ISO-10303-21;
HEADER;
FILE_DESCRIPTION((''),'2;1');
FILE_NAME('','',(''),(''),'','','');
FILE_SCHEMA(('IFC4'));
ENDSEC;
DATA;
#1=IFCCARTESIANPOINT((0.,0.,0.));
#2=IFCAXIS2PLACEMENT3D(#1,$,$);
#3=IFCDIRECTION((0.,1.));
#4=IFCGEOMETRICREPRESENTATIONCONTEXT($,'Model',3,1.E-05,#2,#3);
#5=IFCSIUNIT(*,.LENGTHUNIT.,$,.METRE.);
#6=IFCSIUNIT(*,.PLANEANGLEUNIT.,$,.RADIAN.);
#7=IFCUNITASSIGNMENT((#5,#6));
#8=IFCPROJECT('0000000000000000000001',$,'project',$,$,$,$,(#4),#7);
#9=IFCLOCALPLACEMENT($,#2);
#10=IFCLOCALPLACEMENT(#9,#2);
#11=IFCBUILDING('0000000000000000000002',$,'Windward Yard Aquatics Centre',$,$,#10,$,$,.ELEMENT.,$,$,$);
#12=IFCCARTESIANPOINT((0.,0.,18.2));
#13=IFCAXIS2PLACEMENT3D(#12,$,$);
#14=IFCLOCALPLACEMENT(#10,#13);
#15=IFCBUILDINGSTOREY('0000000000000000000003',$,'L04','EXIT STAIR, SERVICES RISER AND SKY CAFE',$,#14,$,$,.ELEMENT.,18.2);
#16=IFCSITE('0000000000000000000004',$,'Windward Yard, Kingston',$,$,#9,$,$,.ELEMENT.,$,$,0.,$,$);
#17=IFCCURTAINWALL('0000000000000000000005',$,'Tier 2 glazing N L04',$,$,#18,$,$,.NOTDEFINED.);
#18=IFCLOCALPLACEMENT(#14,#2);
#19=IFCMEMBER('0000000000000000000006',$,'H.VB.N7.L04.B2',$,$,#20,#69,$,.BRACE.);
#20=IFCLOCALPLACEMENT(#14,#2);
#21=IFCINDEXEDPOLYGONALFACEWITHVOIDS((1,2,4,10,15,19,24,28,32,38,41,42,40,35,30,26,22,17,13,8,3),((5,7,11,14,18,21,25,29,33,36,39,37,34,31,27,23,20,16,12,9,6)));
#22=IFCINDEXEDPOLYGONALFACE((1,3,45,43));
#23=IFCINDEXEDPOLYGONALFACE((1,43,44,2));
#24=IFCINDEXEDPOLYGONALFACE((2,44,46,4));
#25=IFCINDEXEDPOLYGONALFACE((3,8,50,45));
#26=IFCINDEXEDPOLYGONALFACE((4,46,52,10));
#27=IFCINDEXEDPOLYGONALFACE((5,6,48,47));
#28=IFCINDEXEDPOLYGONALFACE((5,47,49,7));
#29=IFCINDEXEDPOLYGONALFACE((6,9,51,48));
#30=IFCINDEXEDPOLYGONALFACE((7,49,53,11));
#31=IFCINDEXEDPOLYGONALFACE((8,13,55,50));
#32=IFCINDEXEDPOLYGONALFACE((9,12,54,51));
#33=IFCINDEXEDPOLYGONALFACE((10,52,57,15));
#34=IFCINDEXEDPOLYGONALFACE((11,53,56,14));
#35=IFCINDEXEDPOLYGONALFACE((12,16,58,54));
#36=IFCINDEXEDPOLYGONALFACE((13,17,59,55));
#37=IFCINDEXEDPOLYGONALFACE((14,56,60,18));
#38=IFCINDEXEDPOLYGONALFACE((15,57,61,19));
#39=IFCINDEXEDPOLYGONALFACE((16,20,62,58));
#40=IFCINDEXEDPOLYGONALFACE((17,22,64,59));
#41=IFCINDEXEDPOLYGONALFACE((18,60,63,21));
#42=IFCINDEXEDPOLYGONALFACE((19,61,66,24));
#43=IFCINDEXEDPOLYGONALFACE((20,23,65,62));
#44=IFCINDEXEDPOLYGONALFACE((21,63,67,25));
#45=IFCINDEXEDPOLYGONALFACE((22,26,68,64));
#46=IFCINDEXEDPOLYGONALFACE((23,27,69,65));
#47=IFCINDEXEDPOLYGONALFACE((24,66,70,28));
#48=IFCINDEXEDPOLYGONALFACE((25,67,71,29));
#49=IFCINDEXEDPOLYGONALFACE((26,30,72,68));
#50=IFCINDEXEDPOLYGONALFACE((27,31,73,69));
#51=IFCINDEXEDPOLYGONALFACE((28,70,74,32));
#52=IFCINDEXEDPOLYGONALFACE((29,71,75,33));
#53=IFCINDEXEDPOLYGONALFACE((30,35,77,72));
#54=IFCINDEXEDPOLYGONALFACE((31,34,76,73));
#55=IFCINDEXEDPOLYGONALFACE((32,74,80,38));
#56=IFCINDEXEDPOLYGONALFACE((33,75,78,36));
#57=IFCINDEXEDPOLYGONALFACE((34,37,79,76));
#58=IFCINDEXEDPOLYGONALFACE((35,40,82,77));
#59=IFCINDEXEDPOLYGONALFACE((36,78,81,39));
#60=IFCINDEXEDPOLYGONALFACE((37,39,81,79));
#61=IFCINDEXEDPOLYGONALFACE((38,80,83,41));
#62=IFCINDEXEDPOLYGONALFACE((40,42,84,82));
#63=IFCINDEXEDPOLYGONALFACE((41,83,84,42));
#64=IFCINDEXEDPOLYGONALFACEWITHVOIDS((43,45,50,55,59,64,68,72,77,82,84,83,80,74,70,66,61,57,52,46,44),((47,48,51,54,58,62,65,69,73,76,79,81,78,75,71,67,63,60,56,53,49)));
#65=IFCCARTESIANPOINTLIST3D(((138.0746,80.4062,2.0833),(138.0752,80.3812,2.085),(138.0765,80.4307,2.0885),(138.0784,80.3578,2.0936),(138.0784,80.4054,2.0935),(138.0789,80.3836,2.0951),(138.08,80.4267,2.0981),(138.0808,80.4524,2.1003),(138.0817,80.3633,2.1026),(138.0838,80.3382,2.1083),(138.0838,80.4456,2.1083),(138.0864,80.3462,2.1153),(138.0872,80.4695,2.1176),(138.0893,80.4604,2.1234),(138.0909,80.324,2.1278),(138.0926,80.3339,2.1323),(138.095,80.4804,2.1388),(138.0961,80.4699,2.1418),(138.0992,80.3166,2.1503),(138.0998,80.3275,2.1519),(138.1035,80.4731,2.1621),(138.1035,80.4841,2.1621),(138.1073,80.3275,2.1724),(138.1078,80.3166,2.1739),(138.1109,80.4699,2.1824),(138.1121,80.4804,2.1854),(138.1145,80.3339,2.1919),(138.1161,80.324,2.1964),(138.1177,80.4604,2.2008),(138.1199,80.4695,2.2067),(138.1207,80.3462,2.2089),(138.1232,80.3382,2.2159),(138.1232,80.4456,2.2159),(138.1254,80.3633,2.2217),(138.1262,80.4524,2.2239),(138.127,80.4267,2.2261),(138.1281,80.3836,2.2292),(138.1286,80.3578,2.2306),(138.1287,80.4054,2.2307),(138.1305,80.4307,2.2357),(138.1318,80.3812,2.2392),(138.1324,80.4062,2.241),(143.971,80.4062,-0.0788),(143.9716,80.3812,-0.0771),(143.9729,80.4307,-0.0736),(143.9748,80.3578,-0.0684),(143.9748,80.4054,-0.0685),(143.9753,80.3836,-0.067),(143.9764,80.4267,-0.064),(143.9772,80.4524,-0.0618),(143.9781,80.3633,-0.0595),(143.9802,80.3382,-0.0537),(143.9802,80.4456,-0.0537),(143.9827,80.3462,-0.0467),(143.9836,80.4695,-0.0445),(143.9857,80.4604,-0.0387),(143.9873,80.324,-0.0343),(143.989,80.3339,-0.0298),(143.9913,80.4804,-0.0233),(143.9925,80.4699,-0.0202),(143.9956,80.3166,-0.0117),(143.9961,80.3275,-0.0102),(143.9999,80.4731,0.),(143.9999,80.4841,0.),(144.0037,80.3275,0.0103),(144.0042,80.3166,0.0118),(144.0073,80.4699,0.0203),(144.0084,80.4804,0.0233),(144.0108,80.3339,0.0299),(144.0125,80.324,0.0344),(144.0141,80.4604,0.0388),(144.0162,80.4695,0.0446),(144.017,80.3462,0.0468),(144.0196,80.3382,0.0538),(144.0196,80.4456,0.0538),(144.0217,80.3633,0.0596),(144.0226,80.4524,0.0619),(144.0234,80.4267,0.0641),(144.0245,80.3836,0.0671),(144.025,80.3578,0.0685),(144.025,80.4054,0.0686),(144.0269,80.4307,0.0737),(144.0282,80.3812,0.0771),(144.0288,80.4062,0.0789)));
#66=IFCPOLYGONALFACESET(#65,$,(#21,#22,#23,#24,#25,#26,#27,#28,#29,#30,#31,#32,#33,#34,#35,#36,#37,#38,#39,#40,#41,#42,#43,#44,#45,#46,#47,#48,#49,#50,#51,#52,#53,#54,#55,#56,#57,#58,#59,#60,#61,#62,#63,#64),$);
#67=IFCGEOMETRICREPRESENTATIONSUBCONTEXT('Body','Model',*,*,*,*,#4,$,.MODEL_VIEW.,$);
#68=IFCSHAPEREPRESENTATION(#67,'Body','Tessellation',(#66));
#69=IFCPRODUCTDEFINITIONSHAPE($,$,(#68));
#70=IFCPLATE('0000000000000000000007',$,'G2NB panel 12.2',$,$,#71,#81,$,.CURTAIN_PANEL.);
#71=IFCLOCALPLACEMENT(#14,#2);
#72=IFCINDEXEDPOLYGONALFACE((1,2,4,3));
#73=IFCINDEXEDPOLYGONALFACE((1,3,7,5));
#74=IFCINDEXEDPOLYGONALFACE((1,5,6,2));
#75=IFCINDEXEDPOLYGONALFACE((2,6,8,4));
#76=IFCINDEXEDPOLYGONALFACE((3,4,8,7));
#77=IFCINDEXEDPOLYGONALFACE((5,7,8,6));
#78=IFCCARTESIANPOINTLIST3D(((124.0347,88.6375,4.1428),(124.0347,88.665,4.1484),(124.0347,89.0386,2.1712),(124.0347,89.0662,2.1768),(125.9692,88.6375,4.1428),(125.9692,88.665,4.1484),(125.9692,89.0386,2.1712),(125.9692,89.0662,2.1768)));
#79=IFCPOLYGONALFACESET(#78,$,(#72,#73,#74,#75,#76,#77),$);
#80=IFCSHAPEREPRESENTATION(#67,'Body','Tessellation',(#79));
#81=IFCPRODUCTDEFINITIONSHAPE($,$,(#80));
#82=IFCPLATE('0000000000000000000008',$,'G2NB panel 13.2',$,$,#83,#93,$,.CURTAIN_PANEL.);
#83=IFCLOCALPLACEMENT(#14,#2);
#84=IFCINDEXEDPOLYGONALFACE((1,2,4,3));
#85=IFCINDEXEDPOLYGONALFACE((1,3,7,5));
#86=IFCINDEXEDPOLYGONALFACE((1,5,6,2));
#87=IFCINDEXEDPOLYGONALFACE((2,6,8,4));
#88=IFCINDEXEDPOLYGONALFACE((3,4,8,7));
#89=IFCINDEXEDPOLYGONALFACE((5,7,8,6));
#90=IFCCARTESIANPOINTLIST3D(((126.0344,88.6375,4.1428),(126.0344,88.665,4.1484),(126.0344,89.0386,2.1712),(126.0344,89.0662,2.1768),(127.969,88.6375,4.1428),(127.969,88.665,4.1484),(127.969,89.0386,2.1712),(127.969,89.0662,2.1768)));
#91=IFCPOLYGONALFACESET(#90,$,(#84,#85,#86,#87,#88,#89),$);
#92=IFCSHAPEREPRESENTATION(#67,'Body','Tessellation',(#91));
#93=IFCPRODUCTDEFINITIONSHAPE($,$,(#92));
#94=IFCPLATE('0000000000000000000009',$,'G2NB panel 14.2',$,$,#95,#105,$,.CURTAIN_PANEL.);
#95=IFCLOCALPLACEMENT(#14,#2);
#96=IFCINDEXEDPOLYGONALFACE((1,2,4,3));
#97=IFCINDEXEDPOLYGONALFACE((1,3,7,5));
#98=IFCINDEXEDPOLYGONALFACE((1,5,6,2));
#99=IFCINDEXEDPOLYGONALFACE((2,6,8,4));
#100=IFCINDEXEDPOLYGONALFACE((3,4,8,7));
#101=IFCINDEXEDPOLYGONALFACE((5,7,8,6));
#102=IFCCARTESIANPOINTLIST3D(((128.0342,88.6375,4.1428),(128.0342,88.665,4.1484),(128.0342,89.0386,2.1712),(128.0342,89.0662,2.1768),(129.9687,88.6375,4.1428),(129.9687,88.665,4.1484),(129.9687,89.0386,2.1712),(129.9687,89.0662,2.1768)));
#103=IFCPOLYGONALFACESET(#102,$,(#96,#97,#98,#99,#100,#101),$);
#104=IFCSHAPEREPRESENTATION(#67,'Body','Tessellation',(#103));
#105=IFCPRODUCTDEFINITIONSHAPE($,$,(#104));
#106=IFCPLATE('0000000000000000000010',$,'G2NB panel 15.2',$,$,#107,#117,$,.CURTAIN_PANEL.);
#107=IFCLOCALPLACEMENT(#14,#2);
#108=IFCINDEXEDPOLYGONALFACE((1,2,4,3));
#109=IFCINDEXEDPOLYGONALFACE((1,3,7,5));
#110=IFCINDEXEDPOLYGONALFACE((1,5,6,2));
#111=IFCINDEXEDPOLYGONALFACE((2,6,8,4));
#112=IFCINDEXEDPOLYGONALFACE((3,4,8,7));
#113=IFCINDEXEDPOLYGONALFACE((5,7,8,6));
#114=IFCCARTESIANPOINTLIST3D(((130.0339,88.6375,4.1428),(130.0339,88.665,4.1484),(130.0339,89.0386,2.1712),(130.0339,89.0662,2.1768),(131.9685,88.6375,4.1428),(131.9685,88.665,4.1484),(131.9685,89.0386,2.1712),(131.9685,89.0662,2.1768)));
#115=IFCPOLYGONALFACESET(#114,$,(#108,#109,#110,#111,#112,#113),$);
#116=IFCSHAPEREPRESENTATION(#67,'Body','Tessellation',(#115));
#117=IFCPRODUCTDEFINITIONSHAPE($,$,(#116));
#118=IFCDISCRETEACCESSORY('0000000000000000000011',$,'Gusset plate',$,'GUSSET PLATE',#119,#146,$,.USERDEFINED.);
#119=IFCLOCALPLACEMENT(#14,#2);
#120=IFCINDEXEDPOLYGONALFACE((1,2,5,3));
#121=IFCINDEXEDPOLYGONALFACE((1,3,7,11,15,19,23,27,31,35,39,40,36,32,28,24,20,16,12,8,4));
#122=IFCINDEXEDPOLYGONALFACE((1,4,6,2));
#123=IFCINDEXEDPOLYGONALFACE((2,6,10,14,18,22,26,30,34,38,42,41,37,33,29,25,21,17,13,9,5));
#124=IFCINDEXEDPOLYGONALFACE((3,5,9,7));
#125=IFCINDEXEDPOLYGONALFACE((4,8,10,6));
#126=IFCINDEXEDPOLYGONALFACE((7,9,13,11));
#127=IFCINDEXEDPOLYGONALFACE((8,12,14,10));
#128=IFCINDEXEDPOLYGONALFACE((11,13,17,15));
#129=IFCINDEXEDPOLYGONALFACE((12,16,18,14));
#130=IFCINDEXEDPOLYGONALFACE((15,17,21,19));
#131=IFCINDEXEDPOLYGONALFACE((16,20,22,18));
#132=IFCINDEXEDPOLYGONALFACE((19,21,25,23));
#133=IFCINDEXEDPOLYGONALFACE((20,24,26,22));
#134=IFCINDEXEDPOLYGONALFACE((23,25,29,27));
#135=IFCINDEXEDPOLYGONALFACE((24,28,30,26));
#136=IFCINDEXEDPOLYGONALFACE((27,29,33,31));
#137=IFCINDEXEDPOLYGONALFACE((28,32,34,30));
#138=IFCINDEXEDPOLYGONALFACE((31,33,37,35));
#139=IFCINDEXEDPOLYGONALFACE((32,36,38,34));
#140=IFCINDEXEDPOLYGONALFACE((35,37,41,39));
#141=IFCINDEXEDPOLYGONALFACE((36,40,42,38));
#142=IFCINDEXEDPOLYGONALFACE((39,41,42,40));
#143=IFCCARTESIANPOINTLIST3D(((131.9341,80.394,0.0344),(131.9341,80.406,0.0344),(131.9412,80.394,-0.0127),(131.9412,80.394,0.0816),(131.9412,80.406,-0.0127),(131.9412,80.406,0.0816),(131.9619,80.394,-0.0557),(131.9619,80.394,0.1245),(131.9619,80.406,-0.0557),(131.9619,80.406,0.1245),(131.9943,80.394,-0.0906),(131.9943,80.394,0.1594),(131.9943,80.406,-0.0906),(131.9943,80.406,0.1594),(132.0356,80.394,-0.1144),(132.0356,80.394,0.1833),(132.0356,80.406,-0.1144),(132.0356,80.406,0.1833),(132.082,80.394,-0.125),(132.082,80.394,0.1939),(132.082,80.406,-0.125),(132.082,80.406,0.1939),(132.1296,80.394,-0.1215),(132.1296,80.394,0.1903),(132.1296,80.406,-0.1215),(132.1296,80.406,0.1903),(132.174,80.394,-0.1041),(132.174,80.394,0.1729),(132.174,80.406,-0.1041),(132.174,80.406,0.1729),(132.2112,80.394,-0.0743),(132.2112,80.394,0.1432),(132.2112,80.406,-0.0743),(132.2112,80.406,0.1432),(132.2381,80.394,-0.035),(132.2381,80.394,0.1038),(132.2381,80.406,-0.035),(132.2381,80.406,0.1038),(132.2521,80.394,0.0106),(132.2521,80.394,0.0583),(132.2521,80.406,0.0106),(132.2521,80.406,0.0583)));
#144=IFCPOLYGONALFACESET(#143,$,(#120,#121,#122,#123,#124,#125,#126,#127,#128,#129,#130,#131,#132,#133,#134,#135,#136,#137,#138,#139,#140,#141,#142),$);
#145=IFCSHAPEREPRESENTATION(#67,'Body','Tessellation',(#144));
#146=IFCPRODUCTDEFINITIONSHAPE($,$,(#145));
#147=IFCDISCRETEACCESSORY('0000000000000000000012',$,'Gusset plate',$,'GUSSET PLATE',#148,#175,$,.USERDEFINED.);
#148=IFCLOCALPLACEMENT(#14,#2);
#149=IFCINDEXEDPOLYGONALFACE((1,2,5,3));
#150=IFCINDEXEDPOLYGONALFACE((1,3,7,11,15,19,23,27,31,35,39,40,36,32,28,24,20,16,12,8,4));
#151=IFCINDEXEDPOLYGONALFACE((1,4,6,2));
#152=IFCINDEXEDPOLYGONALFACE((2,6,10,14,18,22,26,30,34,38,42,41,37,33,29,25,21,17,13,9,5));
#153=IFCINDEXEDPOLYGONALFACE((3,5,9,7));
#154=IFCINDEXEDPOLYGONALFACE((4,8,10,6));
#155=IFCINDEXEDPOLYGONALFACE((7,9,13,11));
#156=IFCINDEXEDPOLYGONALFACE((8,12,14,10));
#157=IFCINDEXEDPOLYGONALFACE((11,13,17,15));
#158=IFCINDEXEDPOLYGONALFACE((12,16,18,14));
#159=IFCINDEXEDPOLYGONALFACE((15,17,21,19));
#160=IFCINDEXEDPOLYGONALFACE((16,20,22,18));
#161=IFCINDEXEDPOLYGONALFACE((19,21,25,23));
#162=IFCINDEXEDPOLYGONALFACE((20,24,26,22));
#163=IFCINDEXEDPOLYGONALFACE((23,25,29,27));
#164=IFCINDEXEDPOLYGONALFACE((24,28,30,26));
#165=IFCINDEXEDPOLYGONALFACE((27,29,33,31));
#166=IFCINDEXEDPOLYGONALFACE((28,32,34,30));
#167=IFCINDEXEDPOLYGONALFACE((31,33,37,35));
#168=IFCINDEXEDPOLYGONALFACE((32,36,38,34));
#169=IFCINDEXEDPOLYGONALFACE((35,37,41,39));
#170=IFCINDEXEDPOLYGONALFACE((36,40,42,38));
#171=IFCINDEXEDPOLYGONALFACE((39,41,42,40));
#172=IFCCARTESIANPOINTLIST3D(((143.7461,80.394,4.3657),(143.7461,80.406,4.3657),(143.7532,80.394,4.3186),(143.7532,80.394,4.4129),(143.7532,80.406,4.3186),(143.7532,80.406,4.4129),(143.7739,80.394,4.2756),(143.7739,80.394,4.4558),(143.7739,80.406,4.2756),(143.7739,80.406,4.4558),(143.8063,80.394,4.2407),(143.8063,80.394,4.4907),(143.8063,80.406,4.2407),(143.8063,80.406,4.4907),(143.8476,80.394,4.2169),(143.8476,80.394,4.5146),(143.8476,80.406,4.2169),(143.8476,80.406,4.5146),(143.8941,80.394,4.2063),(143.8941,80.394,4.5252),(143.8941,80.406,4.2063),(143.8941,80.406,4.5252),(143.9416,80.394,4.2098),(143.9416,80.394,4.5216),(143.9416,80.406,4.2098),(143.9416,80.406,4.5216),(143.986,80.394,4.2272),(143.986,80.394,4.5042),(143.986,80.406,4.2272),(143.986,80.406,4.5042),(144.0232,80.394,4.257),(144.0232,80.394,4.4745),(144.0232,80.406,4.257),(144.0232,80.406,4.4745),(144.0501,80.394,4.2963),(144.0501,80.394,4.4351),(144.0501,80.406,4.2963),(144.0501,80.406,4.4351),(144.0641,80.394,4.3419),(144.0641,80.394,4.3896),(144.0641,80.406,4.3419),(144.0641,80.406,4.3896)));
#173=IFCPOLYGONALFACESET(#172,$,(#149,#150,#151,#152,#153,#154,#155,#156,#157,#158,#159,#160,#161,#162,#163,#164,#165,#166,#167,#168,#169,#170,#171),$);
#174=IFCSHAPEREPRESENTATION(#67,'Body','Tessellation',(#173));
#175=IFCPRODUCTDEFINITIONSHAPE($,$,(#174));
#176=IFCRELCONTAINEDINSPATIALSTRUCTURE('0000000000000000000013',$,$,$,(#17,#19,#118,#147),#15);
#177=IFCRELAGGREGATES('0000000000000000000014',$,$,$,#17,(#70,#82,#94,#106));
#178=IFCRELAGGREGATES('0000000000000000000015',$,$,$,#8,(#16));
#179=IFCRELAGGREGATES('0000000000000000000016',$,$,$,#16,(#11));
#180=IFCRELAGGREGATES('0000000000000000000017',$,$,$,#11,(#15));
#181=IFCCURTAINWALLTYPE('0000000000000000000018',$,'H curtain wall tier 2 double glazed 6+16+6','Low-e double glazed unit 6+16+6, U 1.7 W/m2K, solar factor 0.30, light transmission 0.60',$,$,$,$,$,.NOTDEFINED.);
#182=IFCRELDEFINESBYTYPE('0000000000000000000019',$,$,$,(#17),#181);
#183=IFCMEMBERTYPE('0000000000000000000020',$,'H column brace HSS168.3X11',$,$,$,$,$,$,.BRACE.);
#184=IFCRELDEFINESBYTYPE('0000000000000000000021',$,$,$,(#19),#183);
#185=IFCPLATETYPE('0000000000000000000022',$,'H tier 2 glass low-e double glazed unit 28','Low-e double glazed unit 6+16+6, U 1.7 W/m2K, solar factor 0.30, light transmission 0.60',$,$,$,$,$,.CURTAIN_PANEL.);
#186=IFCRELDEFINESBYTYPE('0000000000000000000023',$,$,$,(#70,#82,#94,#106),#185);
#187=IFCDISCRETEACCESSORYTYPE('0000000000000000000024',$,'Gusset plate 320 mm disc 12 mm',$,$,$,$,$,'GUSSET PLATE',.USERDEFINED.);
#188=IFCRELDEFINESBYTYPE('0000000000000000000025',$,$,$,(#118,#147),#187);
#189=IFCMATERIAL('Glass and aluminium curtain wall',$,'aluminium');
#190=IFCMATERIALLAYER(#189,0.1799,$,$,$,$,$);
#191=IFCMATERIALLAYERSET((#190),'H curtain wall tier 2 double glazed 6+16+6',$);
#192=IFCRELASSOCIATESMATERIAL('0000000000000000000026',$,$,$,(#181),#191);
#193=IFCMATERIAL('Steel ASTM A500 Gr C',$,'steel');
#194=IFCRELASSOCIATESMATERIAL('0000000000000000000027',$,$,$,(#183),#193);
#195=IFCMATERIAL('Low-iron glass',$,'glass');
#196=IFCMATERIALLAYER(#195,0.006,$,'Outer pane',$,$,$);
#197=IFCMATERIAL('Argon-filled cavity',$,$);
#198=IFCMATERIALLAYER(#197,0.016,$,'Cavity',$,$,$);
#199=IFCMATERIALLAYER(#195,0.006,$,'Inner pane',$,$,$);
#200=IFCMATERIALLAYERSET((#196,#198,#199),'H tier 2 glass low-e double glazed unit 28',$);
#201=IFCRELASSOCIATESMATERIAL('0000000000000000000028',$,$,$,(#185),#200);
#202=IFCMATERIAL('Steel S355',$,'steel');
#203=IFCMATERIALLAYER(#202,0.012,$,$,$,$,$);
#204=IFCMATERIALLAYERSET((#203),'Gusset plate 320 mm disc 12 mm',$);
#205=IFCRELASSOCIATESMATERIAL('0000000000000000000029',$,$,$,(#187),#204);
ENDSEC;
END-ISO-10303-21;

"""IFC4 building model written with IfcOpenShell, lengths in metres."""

from ifc_helpers import new_model, si_unit, direction, frame, origin, origin_2d, place, context, subcontext, project, spatial, polyline, circle, hollow_circle, outline, extrude, material, layer, layer_set, material_profile, profile_set, type_object, element, aggregate, save


model = new_model("IFC4")

# Units and contexts
model_context = context("Model", 3, precision=1e-05, world=origin(), true_north=direction((0.0, 1.0)))
body_context = subcontext(model_context, "Body", "Model", "MODEL_VIEW")
ifc_project = project(units=[si_unit("LENGTHUNIT", "METRE"), si_unit("PLANEANGLEUNIT", "RADIAN")], contexts=[model_context])

# Site, building, storey
site_placement = place(None, origin())
site = spatial("IfcSite", under=ifc_project, at=site_placement, Name="Windward Yard, Kingston", CompositionType="ELEMENT", RefElevation=0.0)
building_placement = place(site_placement, origin())
building = spatial("IfcBuilding", under=site, at=building_placement, Name="Windward Yard Aquatics Centre", CompositionType="ELEMENT")
storey_placement = place(building_placement, frame((0.0, 0.0, 18.2)))
storey = spatial("IfcBuildingStorey", under=building, at=storey_placement, Name="L04", Description="EXIT STAIR, SERVICES RISER AND SKY CAFE", CompositionType="ELEMENT", Elevation=18.2)

# Shared definitions
ifc_material_1 = material(Name="Steel ASTM A500 Gr C", Category="steel")

# Curtain wall
ifc_material_2 = material(Name="Glass and aluminium curtain wall", Category="aluminium")
ifc_layer_1 = layer(ifc_material_2, 0.1799)
ifc_layer_set_1 = layer_set([ifc_layer_1], Name="H curtain wall tier 2 double glazed 6+16+6")
curtain_wall_type = type_object("IfcCurtainWallType", Name="H curtain wall tier 2 double glazed 6+16+6", Description="Low-e double glazed unit 6+16+6, U 1.7 W/m2K, solar factor 0.30, light transmission 0.60", PredefinedType="NOTDEFINED", material=ifc_layer_set_1)
curtain_wall_placement = place(storey_placement, origin())
curtain_wall = element("IfcCurtainWall", 1, at=curtain_wall_placement, inside=storey, type_object=curtain_wall_type, Name="Tier 2 glazing N L04", PredefinedType="NOTDEFINED")

# Member
ifc_material_profile_1 = material_profile(ifc_material_1, hollow_circle(Radius=0.0842, WallThickness=0.011, at=origin_2d()), Name="HSS168.3X11")
ifc_profile_set_1 = profile_set([ifc_material_profile_1], Name="Steel ASTM A500 Gr C")
member_type_1 = type_object("IfcMemberType", Name="H column brace HSS168.3X11", PredefinedType="BRACE", material=ifc_profile_set_1)
for number, where, z_axis, x_axis, name in (
    (2, (138.1035, 80.3999, 2.1621), (0.938873, 0.0, -0.344264), (0.0, 1.0, 0.0), "H.VB.N7.L04.B2"),
):
    element("IfcMember", number, at=place(storey_placement, frame(where, z_axis=z_axis, x_axis=x_axis)), inside=storey, type_object=member_type_1, Name=name, PredefinedType="BRACE", context=body_context, shape_type="SweptSolid", body=[
        extrude(hollow_circle(Radius=0.0842, WallThickness=0.011, at=origin_2d()), origin(), (0.0, 0.0, 1.0), 6.2803),
    ])

# Plates
ifc_material_3 = material(Name="Low-iron glass", Category="glass")
ifc_layer_2 = layer(ifc_material_3, 0.006, Name="Outer pane")
ifc_material_4 = material(Name="Argon-filled cavity")
ifc_layer_3 = layer(ifc_material_4, 0.016, Name="Cavity")
ifc_layer_4 = layer(ifc_material_3, 0.006, Name="Inner pane")
ifc_layer_set_2 = layer_set([ifc_layer_2, ifc_layer_3, ifc_layer_4], Name="H tier 2 glass low-e double glazed unit 28")
plate_type = type_object("IfcPlateType", Name="H tier 2 glass low-e double glazed unit 28", Description="Low-e double glazed unit 6+16+6, U 1.7 W/m2K, solar factor 0.30, light transmission 0.60", PredefinedType="CURTAIN_PANEL", material=ifc_layer_set_2)
plate_1_placement = place(storey_placement, frame((124.0347, 88.665, 4.1484), z_axis=(0.0, 0.979927, 0.199359), x_axis=(0.0, 0.199359, -0.979927)))
plate_1 = element("IfcPlate", 3, at=plate_1_placement, type_object=plate_type, Name="G2NB panel 12.2", PredefinedType="CURTAIN_PANEL", context=body_context, shape_type="SweptSolid", body=[
    extrude(outline(polyline([(0.0, 0.0), (2.0121, 0.0), (2.0121, -1.9346), (0.0, -1.9346), (0.0, 0.0)])), origin(), (0.0, 0.0, -1.0), 0.0281),
])
plate_2_placement = place(storey_placement, frame((126.0344, 88.665, 4.1484), z_axis=(0.0, 0.979927, 0.199359), x_axis=(0.0, 0.199359, -0.979927)))
plate_2 = element("IfcPlate", 4, at=plate_2_placement, type_object=plate_type, Name="G2NB panel 13.2", PredefinedType="CURTAIN_PANEL", context=body_context, shape_type="SweptSolid", body=[
    extrude(outline(polyline([(0.0, 0.0), (2.0121, 0.0), (2.0121, -1.9346), (0.0, -1.9346), (0.0, 0.0)])), origin(), (0.0, 0.0, -1.0), 0.0281),
])
plate_3_placement = place(storey_placement, frame((128.0342, 88.665, 4.1484), z_axis=(0.0, 0.979927, 0.199359), x_axis=(0.0, 0.199359, -0.979927)))
plate_3 = element("IfcPlate", 5, at=plate_3_placement, type_object=plate_type, Name="G2NB panel 14.2", PredefinedType="CURTAIN_PANEL", context=body_context, shape_type="SweptSolid", body=[
    extrude(outline(polyline([(0.0, 0.0), (2.0121, 0.0), (2.0121, -1.9346), (0.0, -1.9346), (0.0, 0.0)])), origin(), (0.0, 0.0, -1.0), 0.0281),
])
plate_4_placement = place(storey_placement, frame((130.0339, 88.665, 4.1484), z_axis=(0.0, 0.979927, 0.199359), x_axis=(0.0, 0.199359, -0.979927)))
plate_4 = element("IfcPlate", 6, at=plate_4_placement, type_object=plate_type, Name="G2NB panel 15.2", PredefinedType="CURTAIN_PANEL", context=body_context, shape_type="SweptSolid", body=[
    extrude(outline(polyline([(0.0, 0.0), (2.0121, 0.0), (2.0121, -1.9346), (0.0, -1.9346), (0.0, 0.0)])), origin(), (0.0, 0.0, -1.0), 0.0281),
])
aggregate(curtain_wall, [plate_1, plate_2, plate_3, plate_4])

# Discrete accessories
ifc_material_5 = material(Name="Steel S355", Category="steel")
ifc_layer_5 = layer(ifc_material_5, 0.012)
ifc_layer_set_3 = layer_set([ifc_layer_5], Name="Gusset plate 320 mm disc 12 mm")
discrete_accessory_type = type_object("IfcDiscreteAccessoryType", Name="Gusset plate 320 mm disc 12 mm", ElementType="GUSSET PLATE", PredefinedType="USERDEFINED", material=ifc_layer_set_3)
for number, where, z_axis, x_axis, name in (
    (7, (132.094, 80.394, 0.0344), (0.0, 1.0, 0.0), (-1.0, 0.0, 0.0), "Gusset plate"),
    (8, (143.906, 80.394, 4.3657), (0.0, 1.0, 0.0), (-1.0, 0.0, 0.0), "Gusset plate"),
):
    element("IfcDiscreteAccessory", number, at=place(storey_placement, frame(where, z_axis=z_axis, x_axis=x_axis)), inside=storey, type_object=discrete_accessory_type, Name=name, ObjectType="GUSSET PLATE", PredefinedType="USERDEFINED", context=body_context, shape_type="SweptSolid", body=[
        extrude(circle(Radius=0.1599, at=origin_2d()), origin(), (0.0, 0.0, 1.0), 0.012),
    ])

save(model, "model.ifc")
